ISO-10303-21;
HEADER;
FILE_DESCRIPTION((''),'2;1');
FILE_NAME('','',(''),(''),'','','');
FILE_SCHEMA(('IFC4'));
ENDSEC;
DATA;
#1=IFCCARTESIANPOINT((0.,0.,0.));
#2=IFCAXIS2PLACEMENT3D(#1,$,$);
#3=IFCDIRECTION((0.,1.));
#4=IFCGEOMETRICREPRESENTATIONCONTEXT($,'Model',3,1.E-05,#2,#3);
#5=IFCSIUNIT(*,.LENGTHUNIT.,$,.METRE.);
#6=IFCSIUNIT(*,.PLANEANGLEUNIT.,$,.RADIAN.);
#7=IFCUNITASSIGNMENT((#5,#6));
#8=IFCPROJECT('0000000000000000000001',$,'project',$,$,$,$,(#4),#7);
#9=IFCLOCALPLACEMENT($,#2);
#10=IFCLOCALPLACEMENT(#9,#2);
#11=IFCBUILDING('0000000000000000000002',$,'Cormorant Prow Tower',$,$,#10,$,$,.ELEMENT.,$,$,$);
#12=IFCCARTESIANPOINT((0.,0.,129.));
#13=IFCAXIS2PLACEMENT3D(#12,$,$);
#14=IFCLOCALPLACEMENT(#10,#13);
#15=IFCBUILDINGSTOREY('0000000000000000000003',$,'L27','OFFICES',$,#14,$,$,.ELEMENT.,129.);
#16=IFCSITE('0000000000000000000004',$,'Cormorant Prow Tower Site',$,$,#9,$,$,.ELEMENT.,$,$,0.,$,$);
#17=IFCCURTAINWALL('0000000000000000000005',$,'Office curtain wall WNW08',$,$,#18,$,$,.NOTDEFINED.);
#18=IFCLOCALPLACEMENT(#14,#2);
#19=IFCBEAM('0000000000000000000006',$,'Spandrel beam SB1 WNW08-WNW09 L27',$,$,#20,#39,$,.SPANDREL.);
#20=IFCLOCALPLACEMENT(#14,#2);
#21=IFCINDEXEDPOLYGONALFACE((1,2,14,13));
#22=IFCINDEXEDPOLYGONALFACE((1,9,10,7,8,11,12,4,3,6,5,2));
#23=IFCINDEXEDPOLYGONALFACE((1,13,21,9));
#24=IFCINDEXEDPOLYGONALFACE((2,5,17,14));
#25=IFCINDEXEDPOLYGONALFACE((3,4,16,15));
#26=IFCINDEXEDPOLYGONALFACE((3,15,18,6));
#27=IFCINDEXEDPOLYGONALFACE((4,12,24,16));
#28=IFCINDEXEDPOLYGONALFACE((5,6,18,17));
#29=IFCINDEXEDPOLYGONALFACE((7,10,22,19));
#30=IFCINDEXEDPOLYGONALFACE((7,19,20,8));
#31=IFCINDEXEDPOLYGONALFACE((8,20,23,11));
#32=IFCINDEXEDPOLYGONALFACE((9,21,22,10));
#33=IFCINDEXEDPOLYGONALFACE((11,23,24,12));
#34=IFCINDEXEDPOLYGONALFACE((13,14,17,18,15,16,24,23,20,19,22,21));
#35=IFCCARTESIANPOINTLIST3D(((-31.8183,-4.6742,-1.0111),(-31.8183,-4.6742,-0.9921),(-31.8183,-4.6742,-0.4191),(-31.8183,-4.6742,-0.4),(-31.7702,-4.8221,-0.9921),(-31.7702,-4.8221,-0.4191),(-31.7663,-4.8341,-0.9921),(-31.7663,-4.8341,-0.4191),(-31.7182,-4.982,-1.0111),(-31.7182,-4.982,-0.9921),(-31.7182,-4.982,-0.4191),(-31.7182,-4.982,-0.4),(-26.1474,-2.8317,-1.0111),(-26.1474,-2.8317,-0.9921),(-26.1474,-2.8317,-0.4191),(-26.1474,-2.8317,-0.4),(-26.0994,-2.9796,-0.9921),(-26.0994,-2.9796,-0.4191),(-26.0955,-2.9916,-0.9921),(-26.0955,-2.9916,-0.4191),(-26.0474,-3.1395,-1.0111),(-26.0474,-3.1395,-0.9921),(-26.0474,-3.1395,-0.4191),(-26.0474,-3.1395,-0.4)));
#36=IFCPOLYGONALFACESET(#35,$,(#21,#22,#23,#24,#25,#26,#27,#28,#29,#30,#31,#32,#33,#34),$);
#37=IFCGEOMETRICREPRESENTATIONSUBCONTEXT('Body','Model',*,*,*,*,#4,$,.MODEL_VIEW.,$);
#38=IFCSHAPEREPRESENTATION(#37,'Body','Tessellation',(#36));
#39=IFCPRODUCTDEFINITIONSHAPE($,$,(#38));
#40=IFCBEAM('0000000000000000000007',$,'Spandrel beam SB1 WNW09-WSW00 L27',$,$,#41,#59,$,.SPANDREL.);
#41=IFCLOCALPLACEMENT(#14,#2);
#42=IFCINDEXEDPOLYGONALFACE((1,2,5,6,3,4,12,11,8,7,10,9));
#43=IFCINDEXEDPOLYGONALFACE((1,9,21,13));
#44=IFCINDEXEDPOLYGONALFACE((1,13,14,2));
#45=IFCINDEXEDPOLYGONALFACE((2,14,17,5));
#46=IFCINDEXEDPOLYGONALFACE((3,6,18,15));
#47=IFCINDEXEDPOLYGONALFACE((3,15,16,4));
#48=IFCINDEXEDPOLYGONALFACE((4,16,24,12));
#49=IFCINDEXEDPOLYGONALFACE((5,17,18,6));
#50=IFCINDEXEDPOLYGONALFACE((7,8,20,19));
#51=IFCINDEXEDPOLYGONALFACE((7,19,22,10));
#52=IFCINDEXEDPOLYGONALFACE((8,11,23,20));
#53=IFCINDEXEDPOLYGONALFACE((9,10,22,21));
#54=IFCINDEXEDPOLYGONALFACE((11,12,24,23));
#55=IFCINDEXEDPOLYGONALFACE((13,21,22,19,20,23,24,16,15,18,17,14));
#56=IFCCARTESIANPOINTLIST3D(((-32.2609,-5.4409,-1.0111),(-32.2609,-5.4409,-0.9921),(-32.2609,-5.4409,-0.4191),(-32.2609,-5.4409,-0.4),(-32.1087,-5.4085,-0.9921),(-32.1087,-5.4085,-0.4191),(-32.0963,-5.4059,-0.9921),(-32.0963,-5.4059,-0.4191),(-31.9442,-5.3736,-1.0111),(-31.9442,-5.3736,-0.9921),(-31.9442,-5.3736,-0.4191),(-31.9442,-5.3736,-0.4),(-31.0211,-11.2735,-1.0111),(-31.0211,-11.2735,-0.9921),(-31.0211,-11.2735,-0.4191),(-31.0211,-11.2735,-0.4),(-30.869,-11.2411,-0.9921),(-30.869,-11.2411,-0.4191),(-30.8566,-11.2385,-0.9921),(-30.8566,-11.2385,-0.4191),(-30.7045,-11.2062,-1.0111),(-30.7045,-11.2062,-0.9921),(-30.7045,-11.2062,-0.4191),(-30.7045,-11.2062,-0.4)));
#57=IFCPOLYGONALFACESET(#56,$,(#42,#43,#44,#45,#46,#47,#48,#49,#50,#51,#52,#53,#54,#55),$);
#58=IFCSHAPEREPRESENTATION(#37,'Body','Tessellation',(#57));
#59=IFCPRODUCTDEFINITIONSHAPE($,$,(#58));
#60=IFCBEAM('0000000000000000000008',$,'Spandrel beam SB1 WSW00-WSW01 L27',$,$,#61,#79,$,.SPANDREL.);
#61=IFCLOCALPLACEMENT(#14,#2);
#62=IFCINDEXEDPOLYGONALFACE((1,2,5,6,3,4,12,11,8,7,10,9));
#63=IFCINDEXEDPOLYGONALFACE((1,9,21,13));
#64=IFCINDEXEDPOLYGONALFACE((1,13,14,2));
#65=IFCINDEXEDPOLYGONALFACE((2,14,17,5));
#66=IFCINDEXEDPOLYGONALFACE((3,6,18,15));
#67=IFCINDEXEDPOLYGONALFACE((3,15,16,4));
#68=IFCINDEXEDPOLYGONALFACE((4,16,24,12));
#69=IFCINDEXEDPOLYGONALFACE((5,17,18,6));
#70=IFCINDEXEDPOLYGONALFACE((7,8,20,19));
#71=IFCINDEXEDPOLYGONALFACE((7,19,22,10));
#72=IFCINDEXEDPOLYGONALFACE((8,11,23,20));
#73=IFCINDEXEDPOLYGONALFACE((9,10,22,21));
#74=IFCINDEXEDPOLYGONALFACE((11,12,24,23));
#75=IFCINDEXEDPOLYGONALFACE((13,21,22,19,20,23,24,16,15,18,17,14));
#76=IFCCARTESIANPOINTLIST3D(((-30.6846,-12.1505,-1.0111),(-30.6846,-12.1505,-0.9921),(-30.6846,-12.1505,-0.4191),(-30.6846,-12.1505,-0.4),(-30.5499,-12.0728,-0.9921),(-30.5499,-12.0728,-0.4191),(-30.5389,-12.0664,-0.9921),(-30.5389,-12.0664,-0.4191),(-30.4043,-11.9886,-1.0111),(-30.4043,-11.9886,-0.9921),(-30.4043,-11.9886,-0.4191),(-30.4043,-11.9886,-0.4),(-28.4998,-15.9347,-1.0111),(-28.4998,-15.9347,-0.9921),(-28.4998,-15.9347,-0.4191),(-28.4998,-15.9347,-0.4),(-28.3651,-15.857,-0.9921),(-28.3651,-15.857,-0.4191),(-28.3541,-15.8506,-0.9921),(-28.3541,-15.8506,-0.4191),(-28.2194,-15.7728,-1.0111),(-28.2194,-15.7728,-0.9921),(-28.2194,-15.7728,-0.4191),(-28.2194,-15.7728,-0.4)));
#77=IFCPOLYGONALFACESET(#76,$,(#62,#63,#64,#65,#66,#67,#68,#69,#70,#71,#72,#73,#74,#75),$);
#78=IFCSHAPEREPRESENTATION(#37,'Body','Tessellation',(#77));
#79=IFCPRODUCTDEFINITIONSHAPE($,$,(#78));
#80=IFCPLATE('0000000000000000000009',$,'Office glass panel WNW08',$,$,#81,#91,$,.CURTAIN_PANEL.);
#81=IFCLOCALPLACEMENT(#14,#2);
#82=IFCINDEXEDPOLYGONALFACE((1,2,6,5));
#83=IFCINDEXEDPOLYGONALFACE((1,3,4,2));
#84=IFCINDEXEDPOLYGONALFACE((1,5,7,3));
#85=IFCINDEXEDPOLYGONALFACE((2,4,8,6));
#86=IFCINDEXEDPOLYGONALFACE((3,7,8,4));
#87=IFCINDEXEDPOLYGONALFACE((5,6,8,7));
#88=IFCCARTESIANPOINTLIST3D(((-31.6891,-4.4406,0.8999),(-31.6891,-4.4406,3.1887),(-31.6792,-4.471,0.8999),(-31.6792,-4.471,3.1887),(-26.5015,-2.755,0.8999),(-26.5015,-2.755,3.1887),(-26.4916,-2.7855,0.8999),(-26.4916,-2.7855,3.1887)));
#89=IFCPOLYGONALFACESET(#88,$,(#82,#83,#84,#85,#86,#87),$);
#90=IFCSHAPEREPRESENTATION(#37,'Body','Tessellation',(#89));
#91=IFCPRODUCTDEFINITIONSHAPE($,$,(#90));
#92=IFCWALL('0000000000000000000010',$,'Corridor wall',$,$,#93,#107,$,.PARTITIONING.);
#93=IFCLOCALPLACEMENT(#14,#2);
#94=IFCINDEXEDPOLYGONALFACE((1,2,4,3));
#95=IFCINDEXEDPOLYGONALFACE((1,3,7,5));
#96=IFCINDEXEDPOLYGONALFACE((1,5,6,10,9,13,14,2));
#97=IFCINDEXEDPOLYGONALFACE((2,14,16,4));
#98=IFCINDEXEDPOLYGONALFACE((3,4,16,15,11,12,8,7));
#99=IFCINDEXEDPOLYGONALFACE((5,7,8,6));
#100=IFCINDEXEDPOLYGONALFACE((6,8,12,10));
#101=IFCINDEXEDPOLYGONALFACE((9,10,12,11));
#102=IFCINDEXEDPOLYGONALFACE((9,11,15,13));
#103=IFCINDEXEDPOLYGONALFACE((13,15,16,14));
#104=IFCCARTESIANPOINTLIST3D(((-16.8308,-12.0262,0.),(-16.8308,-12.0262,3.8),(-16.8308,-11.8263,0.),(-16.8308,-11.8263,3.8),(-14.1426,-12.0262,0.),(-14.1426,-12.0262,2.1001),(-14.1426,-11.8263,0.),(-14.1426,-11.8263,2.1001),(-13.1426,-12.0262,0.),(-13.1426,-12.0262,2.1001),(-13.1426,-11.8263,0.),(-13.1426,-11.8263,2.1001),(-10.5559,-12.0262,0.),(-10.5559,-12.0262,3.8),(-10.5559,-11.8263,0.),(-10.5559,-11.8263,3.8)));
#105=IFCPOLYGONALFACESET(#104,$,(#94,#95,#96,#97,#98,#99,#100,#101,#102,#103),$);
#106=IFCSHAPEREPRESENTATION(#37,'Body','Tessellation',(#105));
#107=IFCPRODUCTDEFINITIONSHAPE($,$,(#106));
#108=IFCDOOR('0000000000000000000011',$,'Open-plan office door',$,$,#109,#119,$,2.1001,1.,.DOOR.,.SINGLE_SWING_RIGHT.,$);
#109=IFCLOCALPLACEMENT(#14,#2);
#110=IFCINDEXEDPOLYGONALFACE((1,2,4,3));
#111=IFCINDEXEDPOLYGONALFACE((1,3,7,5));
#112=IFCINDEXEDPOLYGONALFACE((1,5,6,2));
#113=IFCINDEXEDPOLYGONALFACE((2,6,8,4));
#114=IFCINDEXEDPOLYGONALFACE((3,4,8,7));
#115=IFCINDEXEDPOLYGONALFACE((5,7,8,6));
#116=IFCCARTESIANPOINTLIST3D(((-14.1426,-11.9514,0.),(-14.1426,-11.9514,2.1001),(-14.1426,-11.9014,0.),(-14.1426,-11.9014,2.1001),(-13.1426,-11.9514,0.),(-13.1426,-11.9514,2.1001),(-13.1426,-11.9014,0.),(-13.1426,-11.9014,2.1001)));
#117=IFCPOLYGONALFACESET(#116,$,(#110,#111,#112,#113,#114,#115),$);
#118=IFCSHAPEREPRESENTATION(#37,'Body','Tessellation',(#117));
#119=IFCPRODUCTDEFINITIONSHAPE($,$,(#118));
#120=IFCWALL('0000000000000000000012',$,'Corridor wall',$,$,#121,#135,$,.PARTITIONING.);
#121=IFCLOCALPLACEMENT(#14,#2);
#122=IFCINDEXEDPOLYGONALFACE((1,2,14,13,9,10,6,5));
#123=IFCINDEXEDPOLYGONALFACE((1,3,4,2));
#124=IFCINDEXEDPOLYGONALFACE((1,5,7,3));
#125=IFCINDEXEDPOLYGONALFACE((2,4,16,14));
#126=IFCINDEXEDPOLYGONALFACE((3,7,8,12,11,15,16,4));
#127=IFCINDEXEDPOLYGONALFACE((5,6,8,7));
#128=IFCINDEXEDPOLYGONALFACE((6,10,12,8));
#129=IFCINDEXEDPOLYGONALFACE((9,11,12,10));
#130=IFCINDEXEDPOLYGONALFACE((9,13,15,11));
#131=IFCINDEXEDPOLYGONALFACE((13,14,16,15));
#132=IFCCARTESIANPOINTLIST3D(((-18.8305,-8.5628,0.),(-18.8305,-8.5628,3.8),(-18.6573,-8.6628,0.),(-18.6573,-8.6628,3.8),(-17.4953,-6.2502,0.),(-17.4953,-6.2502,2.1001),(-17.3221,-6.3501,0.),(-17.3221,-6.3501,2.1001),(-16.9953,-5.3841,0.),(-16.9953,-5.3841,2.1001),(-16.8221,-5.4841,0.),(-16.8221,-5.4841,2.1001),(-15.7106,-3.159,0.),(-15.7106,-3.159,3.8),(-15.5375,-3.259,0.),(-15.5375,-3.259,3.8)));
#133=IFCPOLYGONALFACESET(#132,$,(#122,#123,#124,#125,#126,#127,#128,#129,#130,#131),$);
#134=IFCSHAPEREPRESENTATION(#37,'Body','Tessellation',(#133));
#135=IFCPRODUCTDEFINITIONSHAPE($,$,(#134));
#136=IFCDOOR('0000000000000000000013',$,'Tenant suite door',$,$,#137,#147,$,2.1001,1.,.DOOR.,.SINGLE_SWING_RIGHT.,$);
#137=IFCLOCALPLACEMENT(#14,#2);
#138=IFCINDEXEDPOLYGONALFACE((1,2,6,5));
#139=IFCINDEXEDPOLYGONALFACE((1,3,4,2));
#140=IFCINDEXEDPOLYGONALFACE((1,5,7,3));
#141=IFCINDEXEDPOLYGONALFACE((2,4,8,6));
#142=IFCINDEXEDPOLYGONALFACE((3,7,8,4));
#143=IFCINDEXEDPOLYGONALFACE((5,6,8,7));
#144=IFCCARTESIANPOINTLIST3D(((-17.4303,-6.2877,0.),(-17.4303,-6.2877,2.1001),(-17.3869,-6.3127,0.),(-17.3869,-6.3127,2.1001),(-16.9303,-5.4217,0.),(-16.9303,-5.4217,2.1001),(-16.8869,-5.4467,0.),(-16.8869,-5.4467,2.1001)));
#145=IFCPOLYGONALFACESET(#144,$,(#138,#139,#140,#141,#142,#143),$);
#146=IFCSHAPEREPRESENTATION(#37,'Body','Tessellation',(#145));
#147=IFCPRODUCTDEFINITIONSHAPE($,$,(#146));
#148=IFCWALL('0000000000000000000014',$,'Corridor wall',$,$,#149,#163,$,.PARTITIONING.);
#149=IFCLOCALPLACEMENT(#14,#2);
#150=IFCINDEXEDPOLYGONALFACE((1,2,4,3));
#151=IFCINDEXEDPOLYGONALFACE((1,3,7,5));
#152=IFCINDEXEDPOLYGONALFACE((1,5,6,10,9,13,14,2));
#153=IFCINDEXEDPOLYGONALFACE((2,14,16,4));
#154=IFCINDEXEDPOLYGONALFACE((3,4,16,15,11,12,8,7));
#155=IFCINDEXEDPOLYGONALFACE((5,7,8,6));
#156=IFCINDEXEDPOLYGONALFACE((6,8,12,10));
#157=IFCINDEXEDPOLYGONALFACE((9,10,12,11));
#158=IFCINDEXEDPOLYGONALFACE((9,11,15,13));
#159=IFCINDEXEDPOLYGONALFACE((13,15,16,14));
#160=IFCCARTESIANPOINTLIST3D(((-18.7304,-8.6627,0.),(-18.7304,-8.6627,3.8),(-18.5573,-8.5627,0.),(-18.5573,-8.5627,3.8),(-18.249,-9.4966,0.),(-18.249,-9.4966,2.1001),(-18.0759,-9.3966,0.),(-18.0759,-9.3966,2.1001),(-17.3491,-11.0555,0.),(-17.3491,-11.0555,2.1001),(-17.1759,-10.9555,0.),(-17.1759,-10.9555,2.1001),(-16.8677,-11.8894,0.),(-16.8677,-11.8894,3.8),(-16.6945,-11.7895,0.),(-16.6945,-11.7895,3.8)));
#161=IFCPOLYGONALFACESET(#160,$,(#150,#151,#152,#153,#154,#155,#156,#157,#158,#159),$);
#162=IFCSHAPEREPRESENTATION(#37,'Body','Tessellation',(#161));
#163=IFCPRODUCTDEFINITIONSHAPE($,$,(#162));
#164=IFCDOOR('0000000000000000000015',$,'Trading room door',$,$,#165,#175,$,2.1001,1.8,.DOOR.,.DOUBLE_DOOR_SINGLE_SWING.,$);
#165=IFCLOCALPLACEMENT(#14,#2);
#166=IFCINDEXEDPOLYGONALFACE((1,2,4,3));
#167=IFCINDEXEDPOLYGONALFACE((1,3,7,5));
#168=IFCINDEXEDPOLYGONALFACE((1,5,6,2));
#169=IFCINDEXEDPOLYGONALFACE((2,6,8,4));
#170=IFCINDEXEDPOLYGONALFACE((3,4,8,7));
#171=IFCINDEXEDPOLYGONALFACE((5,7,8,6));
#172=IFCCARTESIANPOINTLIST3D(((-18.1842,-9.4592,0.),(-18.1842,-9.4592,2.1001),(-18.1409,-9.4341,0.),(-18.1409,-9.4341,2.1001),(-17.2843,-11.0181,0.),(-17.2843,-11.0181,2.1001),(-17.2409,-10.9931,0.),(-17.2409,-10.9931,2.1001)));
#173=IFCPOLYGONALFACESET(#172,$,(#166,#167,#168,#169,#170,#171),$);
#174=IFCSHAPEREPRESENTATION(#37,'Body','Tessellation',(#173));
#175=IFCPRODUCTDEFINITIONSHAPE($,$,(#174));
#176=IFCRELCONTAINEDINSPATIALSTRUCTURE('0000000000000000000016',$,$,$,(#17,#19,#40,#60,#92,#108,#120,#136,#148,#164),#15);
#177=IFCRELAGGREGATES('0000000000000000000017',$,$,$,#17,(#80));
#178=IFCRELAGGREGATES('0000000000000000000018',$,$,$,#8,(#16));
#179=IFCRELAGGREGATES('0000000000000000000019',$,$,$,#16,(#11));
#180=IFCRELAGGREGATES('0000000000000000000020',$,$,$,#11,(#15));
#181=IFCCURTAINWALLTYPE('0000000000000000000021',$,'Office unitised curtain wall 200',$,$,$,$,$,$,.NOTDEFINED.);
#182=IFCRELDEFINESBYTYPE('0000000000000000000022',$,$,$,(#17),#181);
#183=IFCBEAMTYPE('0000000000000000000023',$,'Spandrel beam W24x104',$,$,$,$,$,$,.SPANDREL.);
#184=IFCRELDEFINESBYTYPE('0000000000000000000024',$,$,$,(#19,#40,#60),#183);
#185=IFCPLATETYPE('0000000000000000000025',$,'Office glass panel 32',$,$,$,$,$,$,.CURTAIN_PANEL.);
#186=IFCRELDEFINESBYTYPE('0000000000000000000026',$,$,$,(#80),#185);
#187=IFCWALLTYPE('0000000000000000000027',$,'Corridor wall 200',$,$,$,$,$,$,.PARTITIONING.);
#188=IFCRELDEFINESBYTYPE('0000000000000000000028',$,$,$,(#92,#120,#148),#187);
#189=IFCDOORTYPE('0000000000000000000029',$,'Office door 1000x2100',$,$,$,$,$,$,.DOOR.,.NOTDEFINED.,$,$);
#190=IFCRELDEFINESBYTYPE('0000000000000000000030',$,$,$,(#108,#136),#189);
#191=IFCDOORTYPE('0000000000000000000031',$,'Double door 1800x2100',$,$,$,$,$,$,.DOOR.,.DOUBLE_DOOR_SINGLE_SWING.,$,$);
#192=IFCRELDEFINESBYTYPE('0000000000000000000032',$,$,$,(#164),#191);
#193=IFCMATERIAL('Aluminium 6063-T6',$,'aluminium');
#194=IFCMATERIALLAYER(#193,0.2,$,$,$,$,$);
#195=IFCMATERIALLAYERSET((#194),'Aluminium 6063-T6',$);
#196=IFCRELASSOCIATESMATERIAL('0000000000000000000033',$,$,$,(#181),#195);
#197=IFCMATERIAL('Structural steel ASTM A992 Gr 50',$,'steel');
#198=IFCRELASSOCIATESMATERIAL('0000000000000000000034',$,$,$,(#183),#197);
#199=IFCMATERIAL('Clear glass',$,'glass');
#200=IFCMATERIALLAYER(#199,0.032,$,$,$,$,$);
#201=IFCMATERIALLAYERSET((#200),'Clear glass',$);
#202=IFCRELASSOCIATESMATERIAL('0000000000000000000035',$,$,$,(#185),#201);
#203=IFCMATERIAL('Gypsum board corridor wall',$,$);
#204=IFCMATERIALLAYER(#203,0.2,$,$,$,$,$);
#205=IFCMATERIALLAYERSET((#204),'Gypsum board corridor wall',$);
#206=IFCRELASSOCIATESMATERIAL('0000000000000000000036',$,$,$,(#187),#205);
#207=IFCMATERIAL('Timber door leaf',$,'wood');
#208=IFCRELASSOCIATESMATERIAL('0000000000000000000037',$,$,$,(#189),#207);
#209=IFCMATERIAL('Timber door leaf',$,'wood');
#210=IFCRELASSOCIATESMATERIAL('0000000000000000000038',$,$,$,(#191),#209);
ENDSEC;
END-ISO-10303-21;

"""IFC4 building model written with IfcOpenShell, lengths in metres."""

from ifc_helpers import new_model, si_unit, direction, frame, frame_2d, origin, origin_2d, place, context, subcontext, project, spatial, rectangle, i_section, extrude, material, layer, layer_set, material_profile, profile_set, type_object, element, fill, aggregate, save


model = new_model("IFC4")

# Units and contexts
model_context = context("Model", 3, precision=1e-05, world=origin(), true_north=direction((0.0, 1.0)))
body_context = subcontext(model_context, "Body", "Model", "MODEL_VIEW")
ifc_project = project(units=[si_unit("LENGTHUNIT", "METRE"), si_unit("PLANEANGLEUNIT", "RADIAN")], contexts=[model_context])

# Site, building, storey
site_placement = place(None, origin())
site = spatial("IfcSite", under=ifc_project, at=site_placement, Name="Cormorant Prow Tower Site", CompositionType="ELEMENT", RefElevation=0.0)
building_placement = place(site_placement, origin())
building = spatial("IfcBuilding", under=site, at=building_placement, Name="Cormorant Prow Tower", CompositionType="ELEMENT")
storey_placement = place(building_placement, frame((0.0, 0.0, 129.0)))
storey = spatial("IfcBuildingStorey", under=building, at=storey_placement, Name="L27", Description="OFFICES", CompositionType="ELEMENT", Elevation=129.0)

# Curtain wall
ifc_material_1 = material(Name="Aluminium 6063-T6", Category="aluminium")
ifc_layer_1 = layer(ifc_material_1, 0.2)
ifc_layer_set_1 = layer_set([ifc_layer_1], Name="Aluminium 6063-T6")
curtain_wall_type = type_object("IfcCurtainWallType", Name="Office unitised curtain wall 200", PredefinedType="NOTDEFINED", material=ifc_layer_set_1)
curtain_wall_placement = place(storey_placement, origin())
curtain_wall = element("IfcCurtainWall", 1, at=curtain_wall_placement, inside=storey, type_object=curtain_wall_type, Name="Office curtain wall WNW08", PredefinedType="NOTDEFINED")

# Beams
ifc_material_2 = material(Name="Structural steel ASTM A992 Gr 50", Category="steel")
ifc_material_profile_1 = material_profile(ifc_material_2, i_section(OverallWidth=0.3237, OverallDepth=0.6111, WebThickness=0.0127, FlangeThickness=0.019, at=origin_2d()), Name="W24x104")
ifc_profile_set_1 = profile_set([ifc_material_profile_1], Name="Structural steel ASTM A992 Gr 50")
beam_type_1 = type_object("IfcBeamType", Name="Spandrel beam W24x104", PredefinedType="SPANDREL", material=ifc_profile_set_1)
beam_1_placement = place(storey_placement, frame((-26.0974, -2.9856, -0.7056), z_axis=(-0.951059, -0.309008, 0.0), x_axis=(0.309008, -0.951059, 0.0)))
element("IfcBeam", 2, at=beam_1_placement, inside=storey, type_object=beam_type_1, Name="Spandrel beam SB1 WNW08-WNW09 L27", PredefinedType="SPANDREL", context=body_context, shape_type="SweptSolid", body=[
    extrude(i_section(OverallWidth=0.3237, OverallDepth=0.6111, WebThickness=0.0127, FlangeThickness=0.019, at=origin_2d()), origin(), (0.0, 0.0, 1.0), 5.9626),
])
beam_2_placement = place(storey_placement, frame((-32.1025, -5.4072, -0.7056), z_axis=(0.207913, -0.978147, 0.0), x_axis=(0.978147, 0.207913, 0.0)))
element("IfcBeam", 3, at=beam_2_placement, inside=storey, type_object=beam_type_1, Name="Spandrel beam SB1 WNW09-WSW00 L27", PredefinedType="SPANDREL", context=body_context, shape_type="SweptSolid", body=[
    extrude(i_section(OverallWidth=0.3237, OverallDepth=0.6111, WebThickness=0.0127, FlangeThickness=0.019, at=origin_2d()), origin(), (0.0, 0.0, 1.0), 5.9629),
])
beam_3_placement = place(storey_placement, frame((-30.5444, -12.0696, -0.7056), z_axis=(0.500003, -0.866024, 0.0), x_axis=(0.866024, 0.500003, 0.0)))
element("IfcBeam", 4, at=beam_3_placement, inside=storey, type_object=beam_type_1, Name="Spandrel beam SB1 WSW00-WSW01 L27", PredefinedType="SPANDREL", context=body_context, shape_type="SweptSolid", body=[
    extrude(i_section(OverallWidth=0.3237, OverallDepth=0.6111, WebThickness=0.0127, FlangeThickness=0.019, at=origin_2d()), origin(), (0.0, 0.0, 1.0), 4.3696),
])

# Plate
ifc_material_3 = material(Name="Clear glass", Category="glass")
ifc_layer_2 = layer(ifc_material_3, 0.032)
ifc_layer_set_2 = layer_set([ifc_layer_2], Name="Clear glass")
plate_type = type_object("IfcPlateType", Name="Office glass panel 32", PredefinedType="CURTAIN_PANEL", material=ifc_layer_set_2)
plate_placement = place(storey_placement, frame((-29.0903, -3.613, 0.8999), z_axis=(0.0, 0.0, 1.0), x_axis=(-0.951056, -0.309017, 0.0)))
plate = element("IfcPlate", 5, at=plate_placement, type_object=plate_type, Name="Office glass panel WNW08", PredefinedType="CURTAIN_PANEL", context=body_context, shape_type="SweptSolid", body=[
    extrude(rectangle(XDim=5.4546, YDim=0.032, at=origin_2d()), origin(), (0.0, 0.0, 1.0), 2.2888),
])
aggregate(curtain_wall, [plate])

# Walls, openings, doors
ifc_material_4 = material(Name="Gypsum board corridor wall")
ifc_layer_3 = layer(ifc_material_4, 0.2)
ifc_layer_set_3 = layer_set([ifc_layer_3], Name="Gypsum board corridor wall")
wall_type_1 = type_object("IfcWallType", Name="Corridor wall 200", PredefinedType="PARTITIONING", material=ifc_layer_set_3)
wall_1_placement = place(storey_placement, frame((-16.8308, -11.9263, 0.0), z_axis=(0.0, 0.0, 1.0), x_axis=(1.0, 0.0, 0.0)))
wall_1 = element("IfcWall", 6, at=wall_1_placement, inside=storey, type_object=wall_type_1, Name="Corridor wall", PredefinedType="PARTITIONING", context=body_context, shape_type="SweptSolid", body=[
    extrude(rectangle(XDim=6.2749, YDim=0.2, at=frame_2d((3.1375, 0.0))), origin(), (0.0, 0.0, 1.0), 3.8),
])
opening_1_placement = place(wall_1_placement, frame((2.6882, 0.0, 0.0)))
opening_1 = element("IfcOpeningElement", 7, at=opening_1_placement, cuts=wall_1, PredefinedType="OPENING", context=body_context, shape_type="SweptSolid", body=[
    extrude(rectangle(XDim=1.0, YDim=2.1001, at=frame_2d((0.5, 1.05))), frame((0.0, 0.1099, 0.0), z_axis=(0.0, -1.0, 0.0), x_axis=(1.0, 0.0, 0.0)), (0.0, 0.0, 1.0), 0.22),
])
ifc_material_5 = material(Name="Timber door leaf", Category="wood")
door_type_1 = type_object("IfcDoorType", Name="Office door 1000x2100", OperationType="NOTDEFINED", PredefinedType="DOOR", material=ifc_material_5)
door_1_placement = place(opening_1_placement, origin())
door_1 = element("IfcDoor", 8, at=door_1_placement, inside=storey, type_object=door_type_1, Name="Open-plan office door", OperationType="SINGLE_SWING_RIGHT", OverallHeight=2.1001, OverallWidth=1.0, PredefinedType="DOOR", context=body_context, shape_type="SweptSolid", body=[
    extrude(rectangle(XDim=1.0, YDim=2.1001, at=frame_2d((0.5, 1.05))), frame((0.0, 0.0249, 0.0), z_axis=(0.0, -1.0, 0.0), x_axis=(1.0, 0.0, 0.0)), (0.0, 0.0, 1.0), 0.05),
])
fill(opening_1, door_1)
wall_2_placement = place(storey_placement, frame((-18.7439, -8.6128, 0.0), z_axis=(0.0, 0.0, 1.0), x_axis=(0.499998, 0.866027, 0.0)))
wall_2 = element("IfcWall", 9, at=wall_2_placement, inside=storey, type_object=wall_type_1, Name="Corridor wall", PredefinedType="PARTITIONING", context=body_context, shape_type="SweptSolid", body=[
    extrude(rectangle(XDim=6.2397, YDim=0.2, at=frame_2d((3.1199, 0.0))), origin(), (0.0, 0.0, 1.0), 3.8),
])
opening_2_placement = place(wall_2_placement, frame((2.6704, 0.0, 0.0)))
opening_2 = element("IfcOpeningElement", 10, at=opening_2_placement, cuts=wall_2, PredefinedType="OPENING", context=body_context, shape_type="SweptSolid", body=[
    extrude(rectangle(XDim=1.0, YDim=2.1001, at=frame_2d((0.5, 1.05))), frame((0.0, 0.1099, 0.0), z_axis=(0.0, -1.0, 0.0), x_axis=(1.0, 0.0, 0.0)), (0.0, 0.0, 1.0), 0.22),
])
door_2_placement = place(opening_2_placement, origin())
door_2 = element("IfcDoor", 11, at=door_2_placement, inside=storey, type_object=door_type_1, Name="Tenant suite door", OperationType="SINGLE_SWING_RIGHT", OverallHeight=2.1001, OverallWidth=1.0, PredefinedType="DOOR", context=body_context, shape_type="SweptSolid", body=[
    extrude(rectangle(XDim=1.0, YDim=2.1001, at=frame_2d((0.5, 1.05))), frame((0.0, 0.0249, 0.0), z_axis=(0.0, -1.0, 0.0), x_axis=(1.0, 0.0, 0.0)), (0.0, 0.0, 1.0), 0.05),
])
fill(opening_2, door_2)
wall_3_placement = place(storey_placement, frame((-18.6438, -8.6128, 0.0), z_axis=(0.0, 0.0, 1.0), x_axis=(0.499959, -0.866049, 0.0)))
wall_3 = element("IfcWall", 12, at=wall_3_placement, inside=storey, type_object=wall_type_1, Name="Corridor wall", PredefinedType="PARTITIONING", context=body_context, shape_type="SweptSolid", body=[
    extrude(rectangle(XDim=3.7258, YDim=0.2, at=frame_2d((1.8628, 0.0))), origin(), (0.0, 0.0, 1.0), 3.8),
])
opening_3_placement = place(wall_3_placement, frame((0.9629, 0.0, 0.0)))
opening_3 = element("IfcOpeningElement", 13, at=opening_3_placement, cuts=wall_3, PredefinedType="OPENING", context=body_context, shape_type="SweptSolid", body=[
    extrude(rectangle(XDim=1.8, YDim=2.1001, at=frame_2d((0.8999, 1.05))), frame((0.0, 0.1099, 0.0), z_axis=(0.0, -1.0, 0.0), x_axis=(1.0, 0.0, 0.0)), (0.0, 0.0, 1.0), 0.22),
])
ifc_material_6 = material(Name="Timber door leaf", Category="wood")
door_type_2 = type_object("IfcDoorType", Name="Double door 1800x2100", OperationType="DOUBLE_DOOR_SINGLE_SWING", PredefinedType="DOOR", material=ifc_material_6)
door_3_placement = place(opening_3_placement, origin())
door_3 = element("IfcDoor", 14, at=door_3_placement, inside=storey, type_object=door_type_2, Name="Trading room door", OperationType="DOUBLE_DOOR_SINGLE_SWING", OverallHeight=2.1001, OverallWidth=1.8, PredefinedType="DOOR", context=body_context, shape_type="SweptSolid", body=[
    extrude(rectangle(XDim=1.8, YDim=2.1001, at=frame_2d((0.8999, 1.05))), frame((0.0, 0.0249, 0.0), z_axis=(0.0, -1.0, 0.0), x_axis=(1.0, 0.0, 0.0)), (0.0, 0.0, 1.0), 0.05),
])
fill(opening_3, door_3)

save(model, "model.ifc")
